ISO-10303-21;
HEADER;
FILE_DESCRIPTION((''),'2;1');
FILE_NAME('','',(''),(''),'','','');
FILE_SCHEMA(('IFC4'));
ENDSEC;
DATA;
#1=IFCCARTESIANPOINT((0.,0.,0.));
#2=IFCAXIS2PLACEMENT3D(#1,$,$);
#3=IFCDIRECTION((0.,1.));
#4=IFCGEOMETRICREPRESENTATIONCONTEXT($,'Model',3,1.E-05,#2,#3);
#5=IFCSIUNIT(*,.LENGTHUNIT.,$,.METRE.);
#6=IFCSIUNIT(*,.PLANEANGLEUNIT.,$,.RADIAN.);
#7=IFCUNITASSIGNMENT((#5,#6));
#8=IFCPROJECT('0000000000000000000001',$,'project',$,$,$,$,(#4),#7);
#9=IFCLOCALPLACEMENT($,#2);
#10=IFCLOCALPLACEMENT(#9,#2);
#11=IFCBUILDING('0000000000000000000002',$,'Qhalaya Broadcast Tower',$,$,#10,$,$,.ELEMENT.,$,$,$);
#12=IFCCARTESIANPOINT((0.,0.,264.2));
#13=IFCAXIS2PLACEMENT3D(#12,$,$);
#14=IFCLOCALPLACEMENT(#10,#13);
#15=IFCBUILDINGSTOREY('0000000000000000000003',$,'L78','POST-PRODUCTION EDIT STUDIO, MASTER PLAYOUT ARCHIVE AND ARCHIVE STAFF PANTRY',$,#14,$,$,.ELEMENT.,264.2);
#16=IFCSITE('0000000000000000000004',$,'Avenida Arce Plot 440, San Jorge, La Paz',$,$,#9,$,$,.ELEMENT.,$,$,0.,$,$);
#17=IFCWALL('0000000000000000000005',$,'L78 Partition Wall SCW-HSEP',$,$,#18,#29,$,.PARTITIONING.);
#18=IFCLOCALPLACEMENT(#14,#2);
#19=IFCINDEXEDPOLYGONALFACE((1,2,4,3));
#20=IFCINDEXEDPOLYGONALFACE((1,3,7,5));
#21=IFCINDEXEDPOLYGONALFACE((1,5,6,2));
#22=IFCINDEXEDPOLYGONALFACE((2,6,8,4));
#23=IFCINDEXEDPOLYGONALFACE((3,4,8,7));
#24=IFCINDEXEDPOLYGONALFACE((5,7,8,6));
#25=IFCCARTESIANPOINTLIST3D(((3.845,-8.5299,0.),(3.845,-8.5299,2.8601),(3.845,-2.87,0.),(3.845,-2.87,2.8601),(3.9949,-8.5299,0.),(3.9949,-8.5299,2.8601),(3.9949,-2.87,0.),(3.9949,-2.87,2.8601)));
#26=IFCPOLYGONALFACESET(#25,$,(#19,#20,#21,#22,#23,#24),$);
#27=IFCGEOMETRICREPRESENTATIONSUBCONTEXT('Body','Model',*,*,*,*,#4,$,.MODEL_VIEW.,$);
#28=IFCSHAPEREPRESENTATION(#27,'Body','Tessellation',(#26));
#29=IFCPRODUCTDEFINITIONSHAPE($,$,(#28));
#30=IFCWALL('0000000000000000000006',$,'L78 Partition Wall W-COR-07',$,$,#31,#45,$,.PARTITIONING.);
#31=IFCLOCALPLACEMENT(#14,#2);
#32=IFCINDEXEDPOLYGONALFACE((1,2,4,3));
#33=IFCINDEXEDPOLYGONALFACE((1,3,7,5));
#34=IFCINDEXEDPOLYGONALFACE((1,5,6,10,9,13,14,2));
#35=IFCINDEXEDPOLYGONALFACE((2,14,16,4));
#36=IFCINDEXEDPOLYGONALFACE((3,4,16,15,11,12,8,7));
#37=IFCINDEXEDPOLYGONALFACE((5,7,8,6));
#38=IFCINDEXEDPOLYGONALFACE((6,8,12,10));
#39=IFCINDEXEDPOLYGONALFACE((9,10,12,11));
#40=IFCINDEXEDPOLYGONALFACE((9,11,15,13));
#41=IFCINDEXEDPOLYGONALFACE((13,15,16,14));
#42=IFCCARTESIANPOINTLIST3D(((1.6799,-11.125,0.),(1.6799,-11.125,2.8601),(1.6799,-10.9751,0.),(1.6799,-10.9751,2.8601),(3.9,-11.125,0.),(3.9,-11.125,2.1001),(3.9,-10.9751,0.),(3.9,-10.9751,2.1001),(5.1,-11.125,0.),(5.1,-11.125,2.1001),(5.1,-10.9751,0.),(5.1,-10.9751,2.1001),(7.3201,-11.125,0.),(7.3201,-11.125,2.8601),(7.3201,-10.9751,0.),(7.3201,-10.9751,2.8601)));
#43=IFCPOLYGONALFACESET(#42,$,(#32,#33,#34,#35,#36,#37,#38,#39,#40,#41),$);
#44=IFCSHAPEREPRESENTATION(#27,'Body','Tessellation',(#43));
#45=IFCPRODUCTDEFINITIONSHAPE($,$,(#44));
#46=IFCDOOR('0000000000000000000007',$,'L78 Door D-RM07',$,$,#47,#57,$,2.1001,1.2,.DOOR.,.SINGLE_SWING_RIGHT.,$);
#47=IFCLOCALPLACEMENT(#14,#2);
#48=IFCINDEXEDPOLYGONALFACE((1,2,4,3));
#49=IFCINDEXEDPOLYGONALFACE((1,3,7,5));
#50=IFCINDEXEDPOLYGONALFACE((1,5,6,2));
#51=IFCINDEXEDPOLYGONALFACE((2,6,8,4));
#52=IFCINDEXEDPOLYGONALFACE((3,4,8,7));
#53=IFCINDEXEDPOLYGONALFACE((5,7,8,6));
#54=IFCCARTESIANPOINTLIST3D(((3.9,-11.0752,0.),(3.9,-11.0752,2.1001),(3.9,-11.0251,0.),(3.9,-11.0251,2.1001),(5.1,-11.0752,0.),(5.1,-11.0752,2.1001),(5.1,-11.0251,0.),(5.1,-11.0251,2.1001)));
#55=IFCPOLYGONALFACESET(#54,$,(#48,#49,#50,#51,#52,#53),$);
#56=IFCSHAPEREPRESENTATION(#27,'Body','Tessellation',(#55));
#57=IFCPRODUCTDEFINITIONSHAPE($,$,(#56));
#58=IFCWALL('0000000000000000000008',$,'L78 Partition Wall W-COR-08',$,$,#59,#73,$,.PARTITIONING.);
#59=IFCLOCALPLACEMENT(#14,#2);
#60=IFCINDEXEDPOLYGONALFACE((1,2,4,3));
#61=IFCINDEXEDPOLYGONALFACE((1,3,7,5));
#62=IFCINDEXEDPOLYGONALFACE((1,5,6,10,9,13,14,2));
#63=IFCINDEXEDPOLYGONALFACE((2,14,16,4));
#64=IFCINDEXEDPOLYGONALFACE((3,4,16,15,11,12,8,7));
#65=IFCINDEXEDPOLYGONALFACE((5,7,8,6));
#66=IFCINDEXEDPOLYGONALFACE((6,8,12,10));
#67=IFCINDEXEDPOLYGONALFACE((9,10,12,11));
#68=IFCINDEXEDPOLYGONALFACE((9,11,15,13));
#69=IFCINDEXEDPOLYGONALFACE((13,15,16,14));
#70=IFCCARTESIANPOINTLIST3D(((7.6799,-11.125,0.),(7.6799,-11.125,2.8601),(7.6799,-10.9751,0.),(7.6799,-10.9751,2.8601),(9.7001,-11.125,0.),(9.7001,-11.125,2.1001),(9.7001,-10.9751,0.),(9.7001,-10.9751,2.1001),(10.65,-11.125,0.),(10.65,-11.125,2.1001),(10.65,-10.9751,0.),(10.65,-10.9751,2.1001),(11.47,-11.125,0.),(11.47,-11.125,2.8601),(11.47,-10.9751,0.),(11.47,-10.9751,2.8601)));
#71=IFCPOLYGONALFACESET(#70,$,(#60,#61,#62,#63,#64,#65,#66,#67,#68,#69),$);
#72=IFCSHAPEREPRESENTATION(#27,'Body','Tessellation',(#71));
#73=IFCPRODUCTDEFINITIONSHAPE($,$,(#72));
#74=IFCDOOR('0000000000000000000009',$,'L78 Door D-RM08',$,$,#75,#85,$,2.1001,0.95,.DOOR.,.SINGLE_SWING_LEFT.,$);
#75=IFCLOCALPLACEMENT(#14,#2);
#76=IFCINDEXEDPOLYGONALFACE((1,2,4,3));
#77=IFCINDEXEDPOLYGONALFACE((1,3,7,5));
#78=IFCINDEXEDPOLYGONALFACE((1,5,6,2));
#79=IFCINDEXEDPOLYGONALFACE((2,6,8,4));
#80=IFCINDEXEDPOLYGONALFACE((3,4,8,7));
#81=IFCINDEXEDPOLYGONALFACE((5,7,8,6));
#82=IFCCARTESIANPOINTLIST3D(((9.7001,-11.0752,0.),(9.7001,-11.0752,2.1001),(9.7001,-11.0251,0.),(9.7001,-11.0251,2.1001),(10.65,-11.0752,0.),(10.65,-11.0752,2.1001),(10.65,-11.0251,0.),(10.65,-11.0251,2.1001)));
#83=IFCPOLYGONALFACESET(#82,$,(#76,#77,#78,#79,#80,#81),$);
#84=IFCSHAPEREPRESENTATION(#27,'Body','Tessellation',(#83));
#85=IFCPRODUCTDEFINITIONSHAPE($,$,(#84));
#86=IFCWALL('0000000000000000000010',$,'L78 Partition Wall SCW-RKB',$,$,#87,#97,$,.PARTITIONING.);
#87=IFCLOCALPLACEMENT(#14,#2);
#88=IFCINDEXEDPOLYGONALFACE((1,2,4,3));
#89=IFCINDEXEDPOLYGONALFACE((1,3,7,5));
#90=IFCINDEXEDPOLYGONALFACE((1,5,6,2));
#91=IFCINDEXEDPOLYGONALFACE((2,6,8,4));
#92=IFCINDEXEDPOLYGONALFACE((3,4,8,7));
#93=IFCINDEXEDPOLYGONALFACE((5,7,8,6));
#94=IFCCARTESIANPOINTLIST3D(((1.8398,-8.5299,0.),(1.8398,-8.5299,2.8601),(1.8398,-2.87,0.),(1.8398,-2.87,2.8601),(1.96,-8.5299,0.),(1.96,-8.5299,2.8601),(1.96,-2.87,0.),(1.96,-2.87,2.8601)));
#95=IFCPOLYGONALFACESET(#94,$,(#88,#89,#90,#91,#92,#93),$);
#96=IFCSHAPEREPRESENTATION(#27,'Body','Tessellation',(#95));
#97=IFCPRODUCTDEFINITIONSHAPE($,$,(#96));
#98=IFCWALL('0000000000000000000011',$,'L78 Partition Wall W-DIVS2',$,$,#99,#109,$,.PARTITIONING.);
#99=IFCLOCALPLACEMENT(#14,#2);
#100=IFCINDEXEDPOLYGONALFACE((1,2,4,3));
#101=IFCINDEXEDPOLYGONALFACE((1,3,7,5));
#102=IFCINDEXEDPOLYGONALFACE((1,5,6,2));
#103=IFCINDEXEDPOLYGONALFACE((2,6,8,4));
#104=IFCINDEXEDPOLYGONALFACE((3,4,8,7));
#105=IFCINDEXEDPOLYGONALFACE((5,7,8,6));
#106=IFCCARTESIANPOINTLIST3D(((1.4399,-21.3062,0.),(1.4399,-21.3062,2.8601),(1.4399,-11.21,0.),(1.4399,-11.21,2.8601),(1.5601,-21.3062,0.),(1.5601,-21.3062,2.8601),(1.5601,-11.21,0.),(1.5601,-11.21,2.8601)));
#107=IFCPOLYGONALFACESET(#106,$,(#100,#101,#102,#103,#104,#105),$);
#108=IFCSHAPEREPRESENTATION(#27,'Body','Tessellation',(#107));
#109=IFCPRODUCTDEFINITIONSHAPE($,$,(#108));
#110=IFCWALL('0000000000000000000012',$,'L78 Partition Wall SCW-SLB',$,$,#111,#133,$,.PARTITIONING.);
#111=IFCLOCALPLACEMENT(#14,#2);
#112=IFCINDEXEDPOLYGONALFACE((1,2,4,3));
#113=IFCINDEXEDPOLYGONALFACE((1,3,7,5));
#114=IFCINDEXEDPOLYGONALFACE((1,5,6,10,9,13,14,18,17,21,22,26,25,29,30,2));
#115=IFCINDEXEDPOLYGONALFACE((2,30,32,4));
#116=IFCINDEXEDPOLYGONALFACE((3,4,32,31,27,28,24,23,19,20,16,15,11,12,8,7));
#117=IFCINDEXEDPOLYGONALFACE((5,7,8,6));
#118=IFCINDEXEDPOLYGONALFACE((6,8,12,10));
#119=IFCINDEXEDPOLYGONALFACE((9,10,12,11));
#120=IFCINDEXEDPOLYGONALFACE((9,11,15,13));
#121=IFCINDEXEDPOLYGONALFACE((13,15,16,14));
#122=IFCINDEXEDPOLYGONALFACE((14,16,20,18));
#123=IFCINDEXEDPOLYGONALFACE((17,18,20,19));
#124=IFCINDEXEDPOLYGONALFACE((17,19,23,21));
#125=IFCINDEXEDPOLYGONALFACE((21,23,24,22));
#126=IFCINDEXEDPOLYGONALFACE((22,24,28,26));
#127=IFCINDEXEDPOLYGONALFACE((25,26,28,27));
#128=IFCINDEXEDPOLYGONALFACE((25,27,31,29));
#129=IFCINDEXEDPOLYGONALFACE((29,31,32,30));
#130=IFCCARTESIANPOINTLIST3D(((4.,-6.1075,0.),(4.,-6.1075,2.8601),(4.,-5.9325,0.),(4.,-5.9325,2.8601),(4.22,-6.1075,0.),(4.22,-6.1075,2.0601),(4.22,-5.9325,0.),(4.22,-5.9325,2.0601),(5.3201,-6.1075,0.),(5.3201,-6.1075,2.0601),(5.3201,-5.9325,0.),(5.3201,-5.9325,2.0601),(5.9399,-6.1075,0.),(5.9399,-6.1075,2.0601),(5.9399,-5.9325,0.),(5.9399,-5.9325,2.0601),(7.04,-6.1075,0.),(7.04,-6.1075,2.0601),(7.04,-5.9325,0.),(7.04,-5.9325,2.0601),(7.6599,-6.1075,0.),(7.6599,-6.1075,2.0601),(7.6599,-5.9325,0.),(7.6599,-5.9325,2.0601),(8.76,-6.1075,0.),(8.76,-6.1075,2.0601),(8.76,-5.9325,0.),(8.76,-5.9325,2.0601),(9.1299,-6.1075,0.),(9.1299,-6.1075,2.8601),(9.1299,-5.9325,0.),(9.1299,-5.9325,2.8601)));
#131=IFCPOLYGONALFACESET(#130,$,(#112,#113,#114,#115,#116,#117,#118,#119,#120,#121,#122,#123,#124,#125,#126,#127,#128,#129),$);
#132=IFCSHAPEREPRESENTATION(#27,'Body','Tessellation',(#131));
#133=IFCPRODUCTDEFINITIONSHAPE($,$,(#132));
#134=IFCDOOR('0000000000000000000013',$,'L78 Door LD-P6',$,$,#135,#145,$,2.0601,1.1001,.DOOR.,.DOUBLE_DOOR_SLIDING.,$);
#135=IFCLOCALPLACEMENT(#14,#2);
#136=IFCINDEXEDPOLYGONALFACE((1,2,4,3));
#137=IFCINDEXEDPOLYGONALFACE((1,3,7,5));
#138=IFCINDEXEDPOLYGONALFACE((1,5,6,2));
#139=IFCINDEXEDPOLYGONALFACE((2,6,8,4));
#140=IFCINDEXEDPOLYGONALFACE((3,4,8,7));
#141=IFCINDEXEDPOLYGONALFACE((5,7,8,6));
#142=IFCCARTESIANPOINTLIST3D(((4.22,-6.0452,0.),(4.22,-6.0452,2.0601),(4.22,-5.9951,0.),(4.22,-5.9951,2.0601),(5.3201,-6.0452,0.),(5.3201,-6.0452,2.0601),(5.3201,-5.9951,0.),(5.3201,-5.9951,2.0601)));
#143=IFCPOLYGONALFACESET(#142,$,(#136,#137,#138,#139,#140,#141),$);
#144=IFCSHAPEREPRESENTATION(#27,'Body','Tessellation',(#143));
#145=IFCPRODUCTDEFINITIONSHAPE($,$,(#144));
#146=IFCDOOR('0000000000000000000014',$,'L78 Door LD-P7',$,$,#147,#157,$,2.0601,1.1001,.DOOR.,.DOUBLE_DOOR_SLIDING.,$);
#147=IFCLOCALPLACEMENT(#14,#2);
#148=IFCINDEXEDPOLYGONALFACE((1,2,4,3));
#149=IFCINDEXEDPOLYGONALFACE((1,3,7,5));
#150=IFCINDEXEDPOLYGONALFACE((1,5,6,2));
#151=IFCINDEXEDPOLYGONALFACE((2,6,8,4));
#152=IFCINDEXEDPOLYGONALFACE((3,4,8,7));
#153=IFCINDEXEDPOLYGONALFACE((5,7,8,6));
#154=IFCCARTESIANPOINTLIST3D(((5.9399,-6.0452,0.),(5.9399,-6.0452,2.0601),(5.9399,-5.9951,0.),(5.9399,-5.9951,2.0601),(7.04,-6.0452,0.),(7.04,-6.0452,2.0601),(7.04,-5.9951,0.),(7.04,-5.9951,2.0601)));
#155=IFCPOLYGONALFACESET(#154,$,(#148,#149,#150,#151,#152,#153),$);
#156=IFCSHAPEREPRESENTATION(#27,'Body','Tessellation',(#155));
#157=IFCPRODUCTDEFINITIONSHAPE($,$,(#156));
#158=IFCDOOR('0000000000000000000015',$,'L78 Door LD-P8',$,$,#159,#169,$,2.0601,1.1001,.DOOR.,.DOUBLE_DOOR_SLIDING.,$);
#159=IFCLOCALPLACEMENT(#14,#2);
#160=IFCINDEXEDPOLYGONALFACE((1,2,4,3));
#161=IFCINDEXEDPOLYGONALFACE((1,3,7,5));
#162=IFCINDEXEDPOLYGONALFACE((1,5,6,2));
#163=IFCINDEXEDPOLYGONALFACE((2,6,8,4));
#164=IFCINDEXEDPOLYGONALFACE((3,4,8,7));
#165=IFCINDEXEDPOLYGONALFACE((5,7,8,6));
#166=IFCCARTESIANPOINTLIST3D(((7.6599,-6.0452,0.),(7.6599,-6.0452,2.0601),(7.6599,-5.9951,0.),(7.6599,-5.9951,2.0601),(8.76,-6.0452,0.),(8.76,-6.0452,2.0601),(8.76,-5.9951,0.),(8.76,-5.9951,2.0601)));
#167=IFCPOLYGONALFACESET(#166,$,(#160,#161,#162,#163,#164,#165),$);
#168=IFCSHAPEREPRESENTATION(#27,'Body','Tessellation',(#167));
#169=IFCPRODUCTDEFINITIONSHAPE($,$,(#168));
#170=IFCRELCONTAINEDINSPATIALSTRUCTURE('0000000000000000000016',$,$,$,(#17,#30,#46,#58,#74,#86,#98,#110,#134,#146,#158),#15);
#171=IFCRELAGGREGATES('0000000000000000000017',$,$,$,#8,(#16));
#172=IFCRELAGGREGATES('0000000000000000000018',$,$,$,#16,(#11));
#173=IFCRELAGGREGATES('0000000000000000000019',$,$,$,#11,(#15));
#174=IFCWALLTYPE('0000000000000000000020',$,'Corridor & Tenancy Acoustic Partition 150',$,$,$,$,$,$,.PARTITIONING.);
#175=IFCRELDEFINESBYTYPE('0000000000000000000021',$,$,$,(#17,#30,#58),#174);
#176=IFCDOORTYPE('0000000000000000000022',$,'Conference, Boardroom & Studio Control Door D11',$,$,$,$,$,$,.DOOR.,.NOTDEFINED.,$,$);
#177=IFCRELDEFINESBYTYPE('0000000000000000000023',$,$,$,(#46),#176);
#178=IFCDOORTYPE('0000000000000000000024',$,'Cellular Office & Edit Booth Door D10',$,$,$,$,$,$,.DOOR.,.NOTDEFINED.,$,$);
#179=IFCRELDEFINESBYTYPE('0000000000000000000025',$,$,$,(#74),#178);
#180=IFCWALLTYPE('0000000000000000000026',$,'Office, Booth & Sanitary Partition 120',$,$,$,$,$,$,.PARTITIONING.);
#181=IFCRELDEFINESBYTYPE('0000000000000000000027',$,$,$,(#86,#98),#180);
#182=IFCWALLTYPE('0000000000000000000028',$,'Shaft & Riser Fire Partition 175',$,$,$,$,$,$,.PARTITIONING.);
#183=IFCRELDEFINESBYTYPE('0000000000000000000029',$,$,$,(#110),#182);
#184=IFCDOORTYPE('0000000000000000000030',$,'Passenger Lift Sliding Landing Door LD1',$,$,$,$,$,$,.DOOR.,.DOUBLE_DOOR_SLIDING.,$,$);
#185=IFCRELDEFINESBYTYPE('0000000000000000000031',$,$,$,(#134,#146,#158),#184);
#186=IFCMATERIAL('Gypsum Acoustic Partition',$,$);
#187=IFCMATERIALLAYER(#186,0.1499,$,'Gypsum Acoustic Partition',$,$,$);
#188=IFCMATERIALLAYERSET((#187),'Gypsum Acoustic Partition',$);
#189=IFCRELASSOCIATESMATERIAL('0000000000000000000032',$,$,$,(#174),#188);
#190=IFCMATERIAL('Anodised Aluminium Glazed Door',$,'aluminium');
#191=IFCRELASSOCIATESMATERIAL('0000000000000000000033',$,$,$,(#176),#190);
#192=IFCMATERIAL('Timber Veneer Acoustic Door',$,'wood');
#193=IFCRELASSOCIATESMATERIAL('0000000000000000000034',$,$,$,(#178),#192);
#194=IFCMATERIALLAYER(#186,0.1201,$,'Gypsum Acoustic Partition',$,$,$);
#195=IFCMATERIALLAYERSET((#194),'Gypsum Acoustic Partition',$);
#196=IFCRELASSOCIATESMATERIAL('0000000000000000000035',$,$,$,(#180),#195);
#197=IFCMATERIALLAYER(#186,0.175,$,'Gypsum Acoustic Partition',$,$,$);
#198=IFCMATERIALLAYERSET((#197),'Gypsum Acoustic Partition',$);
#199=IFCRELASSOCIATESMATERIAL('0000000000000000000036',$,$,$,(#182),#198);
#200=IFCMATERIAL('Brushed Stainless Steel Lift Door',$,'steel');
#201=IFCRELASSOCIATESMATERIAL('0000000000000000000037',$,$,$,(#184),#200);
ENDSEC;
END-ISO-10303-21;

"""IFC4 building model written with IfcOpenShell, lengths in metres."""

from ifc_helpers import new_model, si_unit, direction, frame, frame_2d, origin, place, context, subcontext, project, spatial, rectangle, extrude, material, layer, layer_set, type_object, element, fill, save


model = new_model("IFC4")

# Units and contexts
model_context = context("Model", 3, precision=1e-05, world=origin(), true_north=direction((0.0, 1.0)))
body_context = subcontext(model_context, "Body", "Model", "MODEL_VIEW")
ifc_project = project(units=[si_unit("LENGTHUNIT", "METRE"), si_unit("PLANEANGLEUNIT", "RADIAN")], contexts=[model_context])

# Site, building, storey
site_placement = place(None, origin())
site = spatial("IfcSite", under=ifc_project, at=site_placement, Name="Avenida Arce Plot 440, San Jorge, La Paz", CompositionType="ELEMENT", RefElevation=0.0)
building_placement = place(site_placement, origin())
building = spatial("IfcBuilding", under=site, at=building_placement, Name="Qhalaya Broadcast Tower", CompositionType="ELEMENT")
storey_placement = place(building_placement, frame((0.0, 0.0, 264.2)))
storey = spatial("IfcBuildingStorey", under=building, at=storey_placement, Name="L78", Description="POST-PRODUCTION EDIT STUDIO, MASTER PLAYOUT ARCHIVE AND ARCHIVE STAFF PANTRY", CompositionType="ELEMENT", Elevation=264.2)

# Wall
ifc_material_1 = material(Name="Gypsum Acoustic Partition")
ifc_layer_1 = layer(ifc_material_1, 0.1499, Name="Gypsum Acoustic Partition")
ifc_layer_set_1 = layer_set([ifc_layer_1], Name="Gypsum Acoustic Partition")
wall_type_1 = type_object("IfcWallType", Name="Corridor & Tenancy Acoustic Partition 150", PredefinedType="PARTITIONING", material=ifc_layer_set_1)
wall_1_placement = place(storey_placement, frame((3.9199, -8.53, 0.0), z_axis=(0.0, 0.0, 1.0), x_axis=(0.0, 1.0, 0.0)))
element("IfcWall", 1, at=wall_1_placement, inside=storey, type_object=wall_type_1, Name="L78 Partition Wall SCW-HSEP", PredefinedType="PARTITIONING", context=body_context, shape_type="SweptSolid", body=[
    extrude(rectangle(XDim=5.6599, YDim=0.1499, at=frame_2d((2.8301, 0.0))), origin(), (0.0, 0.0, 1.0), 2.8601),
])

# Walls, openings, doors
wall_2_placement = place(storey_placement, frame((1.6799, -11.05, 0.0), z_axis=(0.0, 0.0, 1.0), x_axis=(1.0, 0.0, 0.0)))
wall_2 = element("IfcWall", 2, at=wall_2_placement, inside=storey, type_object=wall_type_1, Name="L78 Partition Wall W-COR-07", PredefinedType="PARTITIONING", context=body_context, shape_type="SweptSolid", body=[
    extrude(rectangle(XDim=5.6401, YDim=0.1499, at=frame_2d((2.8201, 0.0))), origin(), (0.0, 0.0, 1.0), 2.8601),
])
opening_1_placement = place(wall_2_placement, frame((2.22, 0.0, 0.0)))
opening_1 = element("IfcOpeningElement", 3, at=opening_1_placement, cuts=wall_2, PredefinedType="OPENING", context=body_context, shape_type="SweptSolid", body=[
    extrude(rectangle(XDim=1.2, YDim=2.1001, at=frame_2d((0.6001, 1.05))), frame((0.0, 0.0869, 0.0), z_axis=(0.0, -1.0, 0.0), x_axis=(1.0, 0.0, 0.0)), (0.0, 0.0, 1.0), 0.1738),
])
ifc_material_2 = material(Name="Anodised Aluminium Glazed Door", Category="aluminium")
door_type_1 = type_object("IfcDoorType", Name="Conference, Boardroom & Studio Control Door D11", OperationType="NOTDEFINED", PredefinedType="DOOR", material=ifc_material_2)
door_1_placement = place(opening_1_placement, origin())
door_1 = element("IfcDoor", 4, at=door_1_placement, inside=storey, type_object=door_type_1, Name="L78 Door D-RM07", OperationType="SINGLE_SWING_RIGHT", OverallHeight=2.1001, OverallWidth=1.2, PredefinedType="DOOR", context=body_context, shape_type="SweptSolid", body=[
    extrude(rectangle(XDim=1.2, YDim=2.1001, at=frame_2d((0.6001, 1.05))), frame((0.0, 0.0249, 0.0), z_axis=(0.0, -1.0, 0.0), x_axis=(1.0, 0.0, 0.0)), (0.0, 0.0, 1.0), 0.05),
])
fill(opening_1, door_1)
wall_3_placement = place(storey_placement, frame((7.6799, -11.05, 0.0), z_axis=(0.0, 0.0, 1.0), x_axis=(1.0, 0.0, 0.0)))
wall_3 = element("IfcWall", 5, at=wall_3_placement, inside=storey, type_object=wall_type_1, Name="L78 Partition Wall W-COR-08", PredefinedType="PARTITIONING", context=body_context, shape_type="SweptSolid", body=[
    extrude(rectangle(XDim=3.79, YDim=0.1499, at=frame_2d((1.895, 0.0))), origin(), (0.0, 0.0, 1.0), 2.8601),
])
opening_2_placement = place(wall_3_placement, frame((2.02, 0.0, 0.0)))
opening_2 = element("IfcOpeningElement", 6, at=opening_2_placement, cuts=wall_3, PredefinedType="OPENING", context=body_context, shape_type="SweptSolid", body=[
    extrude(rectangle(XDim=0.95, YDim=2.1001, at=frame_2d((0.4751, 1.05))), frame((0.0, 0.0869, 0.0), z_axis=(0.0, -1.0, 0.0), x_axis=(1.0, 0.0, 0.0)), (0.0, 0.0, 1.0), 0.1738),
])
ifc_material_3 = material(Name="Timber Veneer Acoustic Door", Category="wood")
door_type_2 = type_object("IfcDoorType", Name="Cellular Office & Edit Booth Door D10", OperationType="NOTDEFINED", PredefinedType="DOOR", material=ifc_material_3)
door_2_placement = place(opening_2_placement, origin())
door_2 = element("IfcDoor", 7, at=door_2_placement, inside=storey, type_object=door_type_2, Name="L78 Door D-RM08", OperationType="SINGLE_SWING_LEFT", OverallHeight=2.1001, OverallWidth=0.95, PredefinedType="DOOR", context=body_context, shape_type="SweptSolid", body=[
    extrude(rectangle(XDim=0.95, YDim=2.1001, at=frame_2d((0.4751, 1.05))), frame((0.0, 0.0249, 0.0), z_axis=(0.0, -1.0, 0.0), x_axis=(1.0, 0.0, 0.0)), (0.0, 0.0, 1.0), 0.05),
])
fill(opening_2, door_2)

# Walls
ifc_layer_2 = layer(ifc_material_1, 0.1201, Name="Gypsum Acoustic Partition")
ifc_layer_set_2 = layer_set([ifc_layer_2], Name="Gypsum Acoustic Partition")
wall_type_2 = type_object("IfcWallType", Name="Office, Booth & Sanitary Partition 120", PredefinedType="PARTITIONING", material=ifc_layer_set_2)
wall_4_placement = place(storey_placement, frame((1.8999, -8.53, 0.0), z_axis=(0.0, 0.0, 1.0), x_axis=(0.0, 1.0, 0.0)))
element("IfcWall", 8, at=wall_4_placement, inside=storey, type_object=wall_type_2, Name="L78 Partition Wall SCW-RKB", PredefinedType="PARTITIONING", context=body_context, shape_type="SweptSolid", body=[
    extrude(rectangle(XDim=5.6599, YDim=0.1201, at=frame_2d((2.8301, 0.0))), origin(), (0.0, 0.0, 1.0), 2.8601),
])
wall_5_placement = place(storey_placement, frame((1.5, -21.3062, 0.0), z_axis=(0.0, 0.0, 1.0), x_axis=(0.0, 1.0, 0.0)))
element("IfcWall", 9, at=wall_5_placement, inside=storey, type_object=wall_type_2, Name="L78 Partition Wall W-DIVS2", PredefinedType="PARTITIONING", context=body_context, shape_type="SweptSolid", body=[
    extrude(rectangle(XDim=10.0962, YDim=0.1201, at=frame_2d((5.0481, 0.0))), origin(), (0.0, 0.0, 1.0), 2.8601),
])

# Wall, openings, doors
ifc_layer_3 = layer(ifc_material_1, 0.175, Name="Gypsum Acoustic Partition")
ifc_layer_set_3 = layer_set([ifc_layer_3], Name="Gypsum Acoustic Partition")
wall_type_3 = type_object("IfcWallType", Name="Shaft & Riser Fire Partition 175", PredefinedType="PARTITIONING", material=ifc_layer_set_3)
wall_6_placement = place(storey_placement, frame((4.0, -6.02, 0.0), z_axis=(0.0, 0.0, 1.0), x_axis=(1.0, 0.0, 0.0)))
wall_6 = element("IfcWall", 10, at=wall_6_placement, inside=storey, type_object=wall_type_3, Name="L78 Partition Wall SCW-SLB", PredefinedType="PARTITIONING", context=body_context, shape_type="SweptSolid", body=[
    extrude(rectangle(XDim=5.1299, YDim=0.175, at=frame_2d((2.5649, 0.0))), origin(), (0.0, 0.0, 1.0), 2.8601),
])
opening_3_placement = place(wall_6_placement, frame((0.22, 0.0, 0.0)))
opening_3 = element("IfcOpeningElement", 11, at=opening_3_placement, cuts=wall_6, PredefinedType="OPENING", context=body_context, shape_type="SweptSolid", body=[
    extrude(rectangle(XDim=1.1001, YDim=2.0601, at=frame_2d((0.55, 1.03))), frame((0.0, 0.0996, 0.0), z_axis=(0.0, -1.0, 0.0), x_axis=(1.0, 0.0, 0.0)), (0.0, 0.0, 1.0), 0.199),
])
opening_4_placement = place(wall_6_placement, frame((1.9399, 0.0, 0.0)))
opening_4 = element("IfcOpeningElement", 12, at=opening_4_placement, cuts=wall_6, PredefinedType="OPENING", context=body_context, shape_type="SweptSolid", body=[
    extrude(rectangle(XDim=1.1001, YDim=2.0601, at=frame_2d((0.55, 1.03))), frame((0.0, 0.0996, 0.0), z_axis=(0.0, -1.0, 0.0), x_axis=(1.0, 0.0, 0.0)), (0.0, 0.0, 1.0), 0.199),
])
opening_5_placement = place(wall_6_placement, frame((3.6599, 0.0, 0.0)))
opening_5 = element("IfcOpeningElement", 13, at=opening_5_placement, cuts=wall_6, PredefinedType="OPENING", context=body_context, shape_type="SweptSolid", body=[
    extrude(rectangle(XDim=1.1001, YDim=2.0601, at=frame_2d((0.55, 1.03))), frame((0.0, 0.0996, 0.0), z_axis=(0.0, -1.0, 0.0), x_axis=(1.0, 0.0, 0.0)), (0.0, 0.0, 1.0), 0.199),
])
ifc_material_4 = material(Name="Brushed Stainless Steel Lift Door", Category="steel")
door_type_3 = type_object("IfcDoorType", Name="Passenger Lift Sliding Landing Door LD1", OperationType="DOUBLE_DOOR_SLIDING", PredefinedType="DOOR", material=ifc_material_4)
door_3_placement = place(opening_3_placement, origin())
door_3 = element("IfcDoor", 14, at=door_3_placement, inside=storey, type_object=door_type_3, Name="L78 Door LD-P6", OperationType="DOUBLE_DOOR_SLIDING", OverallHeight=2.0601, OverallWidth=1.1001, PredefinedType="DOOR", context=body_context, shape_type="SweptSolid", body=[
    extrude(rectangle(XDim=1.1001, YDim=2.0601, at=frame_2d((0.55, 1.03))), frame((0.0, 0.0249, 0.0), z_axis=(0.0, -1.0, 0.0), x_axis=(1.0, 0.0, 0.0)), (0.0, 0.0, 1.0), 0.05),
])
fill(opening_3, door_3)
door_4_placement = place(opening_4_placement, origin())
door_4 = element("IfcDoor", 15, at=door_4_placement, inside=storey, type_object=door_type_3, Name="L78 Door LD-P7", OperationType="DOUBLE_DOOR_SLIDING", OverallHeight=2.0601, OverallWidth=1.1001, PredefinedType="DOOR", context=body_context, shape_type="SweptSolid", body=[
    extrude(rectangle(XDim=1.1001, YDim=2.0601, at=frame_2d((0.55, 1.03))), frame((0.0, 0.0249, 0.0), z_axis=(0.0, -1.0, 0.0), x_axis=(1.0, 0.0, 0.0)), (0.0, 0.0, 1.0), 0.05),
])
fill(opening_4, door_4)
door_5_placement = place(opening_5_placement, origin())
door_5 = element("IfcDoor", 16, at=door_5_placement, inside=storey, type_object=door_type_3, Name="L78 Door LD-P8", OperationType="DOUBLE_DOOR_SLIDING", OverallHeight=2.0601, OverallWidth=1.1001, PredefinedType="DOOR", context=body_context, shape_type="SweptSolid", body=[
    extrude(rectangle(XDim=1.1001, YDim=2.0601, at=frame_2d((0.55, 1.03))), frame((0.0, 0.0249, 0.0), z_axis=(0.0, -1.0, 0.0), x_axis=(1.0, 0.0, 0.0)), (0.0, 0.0, 1.0), 0.05),
])
fill(opening_5, door_5)

save(model, "model.ifc")
